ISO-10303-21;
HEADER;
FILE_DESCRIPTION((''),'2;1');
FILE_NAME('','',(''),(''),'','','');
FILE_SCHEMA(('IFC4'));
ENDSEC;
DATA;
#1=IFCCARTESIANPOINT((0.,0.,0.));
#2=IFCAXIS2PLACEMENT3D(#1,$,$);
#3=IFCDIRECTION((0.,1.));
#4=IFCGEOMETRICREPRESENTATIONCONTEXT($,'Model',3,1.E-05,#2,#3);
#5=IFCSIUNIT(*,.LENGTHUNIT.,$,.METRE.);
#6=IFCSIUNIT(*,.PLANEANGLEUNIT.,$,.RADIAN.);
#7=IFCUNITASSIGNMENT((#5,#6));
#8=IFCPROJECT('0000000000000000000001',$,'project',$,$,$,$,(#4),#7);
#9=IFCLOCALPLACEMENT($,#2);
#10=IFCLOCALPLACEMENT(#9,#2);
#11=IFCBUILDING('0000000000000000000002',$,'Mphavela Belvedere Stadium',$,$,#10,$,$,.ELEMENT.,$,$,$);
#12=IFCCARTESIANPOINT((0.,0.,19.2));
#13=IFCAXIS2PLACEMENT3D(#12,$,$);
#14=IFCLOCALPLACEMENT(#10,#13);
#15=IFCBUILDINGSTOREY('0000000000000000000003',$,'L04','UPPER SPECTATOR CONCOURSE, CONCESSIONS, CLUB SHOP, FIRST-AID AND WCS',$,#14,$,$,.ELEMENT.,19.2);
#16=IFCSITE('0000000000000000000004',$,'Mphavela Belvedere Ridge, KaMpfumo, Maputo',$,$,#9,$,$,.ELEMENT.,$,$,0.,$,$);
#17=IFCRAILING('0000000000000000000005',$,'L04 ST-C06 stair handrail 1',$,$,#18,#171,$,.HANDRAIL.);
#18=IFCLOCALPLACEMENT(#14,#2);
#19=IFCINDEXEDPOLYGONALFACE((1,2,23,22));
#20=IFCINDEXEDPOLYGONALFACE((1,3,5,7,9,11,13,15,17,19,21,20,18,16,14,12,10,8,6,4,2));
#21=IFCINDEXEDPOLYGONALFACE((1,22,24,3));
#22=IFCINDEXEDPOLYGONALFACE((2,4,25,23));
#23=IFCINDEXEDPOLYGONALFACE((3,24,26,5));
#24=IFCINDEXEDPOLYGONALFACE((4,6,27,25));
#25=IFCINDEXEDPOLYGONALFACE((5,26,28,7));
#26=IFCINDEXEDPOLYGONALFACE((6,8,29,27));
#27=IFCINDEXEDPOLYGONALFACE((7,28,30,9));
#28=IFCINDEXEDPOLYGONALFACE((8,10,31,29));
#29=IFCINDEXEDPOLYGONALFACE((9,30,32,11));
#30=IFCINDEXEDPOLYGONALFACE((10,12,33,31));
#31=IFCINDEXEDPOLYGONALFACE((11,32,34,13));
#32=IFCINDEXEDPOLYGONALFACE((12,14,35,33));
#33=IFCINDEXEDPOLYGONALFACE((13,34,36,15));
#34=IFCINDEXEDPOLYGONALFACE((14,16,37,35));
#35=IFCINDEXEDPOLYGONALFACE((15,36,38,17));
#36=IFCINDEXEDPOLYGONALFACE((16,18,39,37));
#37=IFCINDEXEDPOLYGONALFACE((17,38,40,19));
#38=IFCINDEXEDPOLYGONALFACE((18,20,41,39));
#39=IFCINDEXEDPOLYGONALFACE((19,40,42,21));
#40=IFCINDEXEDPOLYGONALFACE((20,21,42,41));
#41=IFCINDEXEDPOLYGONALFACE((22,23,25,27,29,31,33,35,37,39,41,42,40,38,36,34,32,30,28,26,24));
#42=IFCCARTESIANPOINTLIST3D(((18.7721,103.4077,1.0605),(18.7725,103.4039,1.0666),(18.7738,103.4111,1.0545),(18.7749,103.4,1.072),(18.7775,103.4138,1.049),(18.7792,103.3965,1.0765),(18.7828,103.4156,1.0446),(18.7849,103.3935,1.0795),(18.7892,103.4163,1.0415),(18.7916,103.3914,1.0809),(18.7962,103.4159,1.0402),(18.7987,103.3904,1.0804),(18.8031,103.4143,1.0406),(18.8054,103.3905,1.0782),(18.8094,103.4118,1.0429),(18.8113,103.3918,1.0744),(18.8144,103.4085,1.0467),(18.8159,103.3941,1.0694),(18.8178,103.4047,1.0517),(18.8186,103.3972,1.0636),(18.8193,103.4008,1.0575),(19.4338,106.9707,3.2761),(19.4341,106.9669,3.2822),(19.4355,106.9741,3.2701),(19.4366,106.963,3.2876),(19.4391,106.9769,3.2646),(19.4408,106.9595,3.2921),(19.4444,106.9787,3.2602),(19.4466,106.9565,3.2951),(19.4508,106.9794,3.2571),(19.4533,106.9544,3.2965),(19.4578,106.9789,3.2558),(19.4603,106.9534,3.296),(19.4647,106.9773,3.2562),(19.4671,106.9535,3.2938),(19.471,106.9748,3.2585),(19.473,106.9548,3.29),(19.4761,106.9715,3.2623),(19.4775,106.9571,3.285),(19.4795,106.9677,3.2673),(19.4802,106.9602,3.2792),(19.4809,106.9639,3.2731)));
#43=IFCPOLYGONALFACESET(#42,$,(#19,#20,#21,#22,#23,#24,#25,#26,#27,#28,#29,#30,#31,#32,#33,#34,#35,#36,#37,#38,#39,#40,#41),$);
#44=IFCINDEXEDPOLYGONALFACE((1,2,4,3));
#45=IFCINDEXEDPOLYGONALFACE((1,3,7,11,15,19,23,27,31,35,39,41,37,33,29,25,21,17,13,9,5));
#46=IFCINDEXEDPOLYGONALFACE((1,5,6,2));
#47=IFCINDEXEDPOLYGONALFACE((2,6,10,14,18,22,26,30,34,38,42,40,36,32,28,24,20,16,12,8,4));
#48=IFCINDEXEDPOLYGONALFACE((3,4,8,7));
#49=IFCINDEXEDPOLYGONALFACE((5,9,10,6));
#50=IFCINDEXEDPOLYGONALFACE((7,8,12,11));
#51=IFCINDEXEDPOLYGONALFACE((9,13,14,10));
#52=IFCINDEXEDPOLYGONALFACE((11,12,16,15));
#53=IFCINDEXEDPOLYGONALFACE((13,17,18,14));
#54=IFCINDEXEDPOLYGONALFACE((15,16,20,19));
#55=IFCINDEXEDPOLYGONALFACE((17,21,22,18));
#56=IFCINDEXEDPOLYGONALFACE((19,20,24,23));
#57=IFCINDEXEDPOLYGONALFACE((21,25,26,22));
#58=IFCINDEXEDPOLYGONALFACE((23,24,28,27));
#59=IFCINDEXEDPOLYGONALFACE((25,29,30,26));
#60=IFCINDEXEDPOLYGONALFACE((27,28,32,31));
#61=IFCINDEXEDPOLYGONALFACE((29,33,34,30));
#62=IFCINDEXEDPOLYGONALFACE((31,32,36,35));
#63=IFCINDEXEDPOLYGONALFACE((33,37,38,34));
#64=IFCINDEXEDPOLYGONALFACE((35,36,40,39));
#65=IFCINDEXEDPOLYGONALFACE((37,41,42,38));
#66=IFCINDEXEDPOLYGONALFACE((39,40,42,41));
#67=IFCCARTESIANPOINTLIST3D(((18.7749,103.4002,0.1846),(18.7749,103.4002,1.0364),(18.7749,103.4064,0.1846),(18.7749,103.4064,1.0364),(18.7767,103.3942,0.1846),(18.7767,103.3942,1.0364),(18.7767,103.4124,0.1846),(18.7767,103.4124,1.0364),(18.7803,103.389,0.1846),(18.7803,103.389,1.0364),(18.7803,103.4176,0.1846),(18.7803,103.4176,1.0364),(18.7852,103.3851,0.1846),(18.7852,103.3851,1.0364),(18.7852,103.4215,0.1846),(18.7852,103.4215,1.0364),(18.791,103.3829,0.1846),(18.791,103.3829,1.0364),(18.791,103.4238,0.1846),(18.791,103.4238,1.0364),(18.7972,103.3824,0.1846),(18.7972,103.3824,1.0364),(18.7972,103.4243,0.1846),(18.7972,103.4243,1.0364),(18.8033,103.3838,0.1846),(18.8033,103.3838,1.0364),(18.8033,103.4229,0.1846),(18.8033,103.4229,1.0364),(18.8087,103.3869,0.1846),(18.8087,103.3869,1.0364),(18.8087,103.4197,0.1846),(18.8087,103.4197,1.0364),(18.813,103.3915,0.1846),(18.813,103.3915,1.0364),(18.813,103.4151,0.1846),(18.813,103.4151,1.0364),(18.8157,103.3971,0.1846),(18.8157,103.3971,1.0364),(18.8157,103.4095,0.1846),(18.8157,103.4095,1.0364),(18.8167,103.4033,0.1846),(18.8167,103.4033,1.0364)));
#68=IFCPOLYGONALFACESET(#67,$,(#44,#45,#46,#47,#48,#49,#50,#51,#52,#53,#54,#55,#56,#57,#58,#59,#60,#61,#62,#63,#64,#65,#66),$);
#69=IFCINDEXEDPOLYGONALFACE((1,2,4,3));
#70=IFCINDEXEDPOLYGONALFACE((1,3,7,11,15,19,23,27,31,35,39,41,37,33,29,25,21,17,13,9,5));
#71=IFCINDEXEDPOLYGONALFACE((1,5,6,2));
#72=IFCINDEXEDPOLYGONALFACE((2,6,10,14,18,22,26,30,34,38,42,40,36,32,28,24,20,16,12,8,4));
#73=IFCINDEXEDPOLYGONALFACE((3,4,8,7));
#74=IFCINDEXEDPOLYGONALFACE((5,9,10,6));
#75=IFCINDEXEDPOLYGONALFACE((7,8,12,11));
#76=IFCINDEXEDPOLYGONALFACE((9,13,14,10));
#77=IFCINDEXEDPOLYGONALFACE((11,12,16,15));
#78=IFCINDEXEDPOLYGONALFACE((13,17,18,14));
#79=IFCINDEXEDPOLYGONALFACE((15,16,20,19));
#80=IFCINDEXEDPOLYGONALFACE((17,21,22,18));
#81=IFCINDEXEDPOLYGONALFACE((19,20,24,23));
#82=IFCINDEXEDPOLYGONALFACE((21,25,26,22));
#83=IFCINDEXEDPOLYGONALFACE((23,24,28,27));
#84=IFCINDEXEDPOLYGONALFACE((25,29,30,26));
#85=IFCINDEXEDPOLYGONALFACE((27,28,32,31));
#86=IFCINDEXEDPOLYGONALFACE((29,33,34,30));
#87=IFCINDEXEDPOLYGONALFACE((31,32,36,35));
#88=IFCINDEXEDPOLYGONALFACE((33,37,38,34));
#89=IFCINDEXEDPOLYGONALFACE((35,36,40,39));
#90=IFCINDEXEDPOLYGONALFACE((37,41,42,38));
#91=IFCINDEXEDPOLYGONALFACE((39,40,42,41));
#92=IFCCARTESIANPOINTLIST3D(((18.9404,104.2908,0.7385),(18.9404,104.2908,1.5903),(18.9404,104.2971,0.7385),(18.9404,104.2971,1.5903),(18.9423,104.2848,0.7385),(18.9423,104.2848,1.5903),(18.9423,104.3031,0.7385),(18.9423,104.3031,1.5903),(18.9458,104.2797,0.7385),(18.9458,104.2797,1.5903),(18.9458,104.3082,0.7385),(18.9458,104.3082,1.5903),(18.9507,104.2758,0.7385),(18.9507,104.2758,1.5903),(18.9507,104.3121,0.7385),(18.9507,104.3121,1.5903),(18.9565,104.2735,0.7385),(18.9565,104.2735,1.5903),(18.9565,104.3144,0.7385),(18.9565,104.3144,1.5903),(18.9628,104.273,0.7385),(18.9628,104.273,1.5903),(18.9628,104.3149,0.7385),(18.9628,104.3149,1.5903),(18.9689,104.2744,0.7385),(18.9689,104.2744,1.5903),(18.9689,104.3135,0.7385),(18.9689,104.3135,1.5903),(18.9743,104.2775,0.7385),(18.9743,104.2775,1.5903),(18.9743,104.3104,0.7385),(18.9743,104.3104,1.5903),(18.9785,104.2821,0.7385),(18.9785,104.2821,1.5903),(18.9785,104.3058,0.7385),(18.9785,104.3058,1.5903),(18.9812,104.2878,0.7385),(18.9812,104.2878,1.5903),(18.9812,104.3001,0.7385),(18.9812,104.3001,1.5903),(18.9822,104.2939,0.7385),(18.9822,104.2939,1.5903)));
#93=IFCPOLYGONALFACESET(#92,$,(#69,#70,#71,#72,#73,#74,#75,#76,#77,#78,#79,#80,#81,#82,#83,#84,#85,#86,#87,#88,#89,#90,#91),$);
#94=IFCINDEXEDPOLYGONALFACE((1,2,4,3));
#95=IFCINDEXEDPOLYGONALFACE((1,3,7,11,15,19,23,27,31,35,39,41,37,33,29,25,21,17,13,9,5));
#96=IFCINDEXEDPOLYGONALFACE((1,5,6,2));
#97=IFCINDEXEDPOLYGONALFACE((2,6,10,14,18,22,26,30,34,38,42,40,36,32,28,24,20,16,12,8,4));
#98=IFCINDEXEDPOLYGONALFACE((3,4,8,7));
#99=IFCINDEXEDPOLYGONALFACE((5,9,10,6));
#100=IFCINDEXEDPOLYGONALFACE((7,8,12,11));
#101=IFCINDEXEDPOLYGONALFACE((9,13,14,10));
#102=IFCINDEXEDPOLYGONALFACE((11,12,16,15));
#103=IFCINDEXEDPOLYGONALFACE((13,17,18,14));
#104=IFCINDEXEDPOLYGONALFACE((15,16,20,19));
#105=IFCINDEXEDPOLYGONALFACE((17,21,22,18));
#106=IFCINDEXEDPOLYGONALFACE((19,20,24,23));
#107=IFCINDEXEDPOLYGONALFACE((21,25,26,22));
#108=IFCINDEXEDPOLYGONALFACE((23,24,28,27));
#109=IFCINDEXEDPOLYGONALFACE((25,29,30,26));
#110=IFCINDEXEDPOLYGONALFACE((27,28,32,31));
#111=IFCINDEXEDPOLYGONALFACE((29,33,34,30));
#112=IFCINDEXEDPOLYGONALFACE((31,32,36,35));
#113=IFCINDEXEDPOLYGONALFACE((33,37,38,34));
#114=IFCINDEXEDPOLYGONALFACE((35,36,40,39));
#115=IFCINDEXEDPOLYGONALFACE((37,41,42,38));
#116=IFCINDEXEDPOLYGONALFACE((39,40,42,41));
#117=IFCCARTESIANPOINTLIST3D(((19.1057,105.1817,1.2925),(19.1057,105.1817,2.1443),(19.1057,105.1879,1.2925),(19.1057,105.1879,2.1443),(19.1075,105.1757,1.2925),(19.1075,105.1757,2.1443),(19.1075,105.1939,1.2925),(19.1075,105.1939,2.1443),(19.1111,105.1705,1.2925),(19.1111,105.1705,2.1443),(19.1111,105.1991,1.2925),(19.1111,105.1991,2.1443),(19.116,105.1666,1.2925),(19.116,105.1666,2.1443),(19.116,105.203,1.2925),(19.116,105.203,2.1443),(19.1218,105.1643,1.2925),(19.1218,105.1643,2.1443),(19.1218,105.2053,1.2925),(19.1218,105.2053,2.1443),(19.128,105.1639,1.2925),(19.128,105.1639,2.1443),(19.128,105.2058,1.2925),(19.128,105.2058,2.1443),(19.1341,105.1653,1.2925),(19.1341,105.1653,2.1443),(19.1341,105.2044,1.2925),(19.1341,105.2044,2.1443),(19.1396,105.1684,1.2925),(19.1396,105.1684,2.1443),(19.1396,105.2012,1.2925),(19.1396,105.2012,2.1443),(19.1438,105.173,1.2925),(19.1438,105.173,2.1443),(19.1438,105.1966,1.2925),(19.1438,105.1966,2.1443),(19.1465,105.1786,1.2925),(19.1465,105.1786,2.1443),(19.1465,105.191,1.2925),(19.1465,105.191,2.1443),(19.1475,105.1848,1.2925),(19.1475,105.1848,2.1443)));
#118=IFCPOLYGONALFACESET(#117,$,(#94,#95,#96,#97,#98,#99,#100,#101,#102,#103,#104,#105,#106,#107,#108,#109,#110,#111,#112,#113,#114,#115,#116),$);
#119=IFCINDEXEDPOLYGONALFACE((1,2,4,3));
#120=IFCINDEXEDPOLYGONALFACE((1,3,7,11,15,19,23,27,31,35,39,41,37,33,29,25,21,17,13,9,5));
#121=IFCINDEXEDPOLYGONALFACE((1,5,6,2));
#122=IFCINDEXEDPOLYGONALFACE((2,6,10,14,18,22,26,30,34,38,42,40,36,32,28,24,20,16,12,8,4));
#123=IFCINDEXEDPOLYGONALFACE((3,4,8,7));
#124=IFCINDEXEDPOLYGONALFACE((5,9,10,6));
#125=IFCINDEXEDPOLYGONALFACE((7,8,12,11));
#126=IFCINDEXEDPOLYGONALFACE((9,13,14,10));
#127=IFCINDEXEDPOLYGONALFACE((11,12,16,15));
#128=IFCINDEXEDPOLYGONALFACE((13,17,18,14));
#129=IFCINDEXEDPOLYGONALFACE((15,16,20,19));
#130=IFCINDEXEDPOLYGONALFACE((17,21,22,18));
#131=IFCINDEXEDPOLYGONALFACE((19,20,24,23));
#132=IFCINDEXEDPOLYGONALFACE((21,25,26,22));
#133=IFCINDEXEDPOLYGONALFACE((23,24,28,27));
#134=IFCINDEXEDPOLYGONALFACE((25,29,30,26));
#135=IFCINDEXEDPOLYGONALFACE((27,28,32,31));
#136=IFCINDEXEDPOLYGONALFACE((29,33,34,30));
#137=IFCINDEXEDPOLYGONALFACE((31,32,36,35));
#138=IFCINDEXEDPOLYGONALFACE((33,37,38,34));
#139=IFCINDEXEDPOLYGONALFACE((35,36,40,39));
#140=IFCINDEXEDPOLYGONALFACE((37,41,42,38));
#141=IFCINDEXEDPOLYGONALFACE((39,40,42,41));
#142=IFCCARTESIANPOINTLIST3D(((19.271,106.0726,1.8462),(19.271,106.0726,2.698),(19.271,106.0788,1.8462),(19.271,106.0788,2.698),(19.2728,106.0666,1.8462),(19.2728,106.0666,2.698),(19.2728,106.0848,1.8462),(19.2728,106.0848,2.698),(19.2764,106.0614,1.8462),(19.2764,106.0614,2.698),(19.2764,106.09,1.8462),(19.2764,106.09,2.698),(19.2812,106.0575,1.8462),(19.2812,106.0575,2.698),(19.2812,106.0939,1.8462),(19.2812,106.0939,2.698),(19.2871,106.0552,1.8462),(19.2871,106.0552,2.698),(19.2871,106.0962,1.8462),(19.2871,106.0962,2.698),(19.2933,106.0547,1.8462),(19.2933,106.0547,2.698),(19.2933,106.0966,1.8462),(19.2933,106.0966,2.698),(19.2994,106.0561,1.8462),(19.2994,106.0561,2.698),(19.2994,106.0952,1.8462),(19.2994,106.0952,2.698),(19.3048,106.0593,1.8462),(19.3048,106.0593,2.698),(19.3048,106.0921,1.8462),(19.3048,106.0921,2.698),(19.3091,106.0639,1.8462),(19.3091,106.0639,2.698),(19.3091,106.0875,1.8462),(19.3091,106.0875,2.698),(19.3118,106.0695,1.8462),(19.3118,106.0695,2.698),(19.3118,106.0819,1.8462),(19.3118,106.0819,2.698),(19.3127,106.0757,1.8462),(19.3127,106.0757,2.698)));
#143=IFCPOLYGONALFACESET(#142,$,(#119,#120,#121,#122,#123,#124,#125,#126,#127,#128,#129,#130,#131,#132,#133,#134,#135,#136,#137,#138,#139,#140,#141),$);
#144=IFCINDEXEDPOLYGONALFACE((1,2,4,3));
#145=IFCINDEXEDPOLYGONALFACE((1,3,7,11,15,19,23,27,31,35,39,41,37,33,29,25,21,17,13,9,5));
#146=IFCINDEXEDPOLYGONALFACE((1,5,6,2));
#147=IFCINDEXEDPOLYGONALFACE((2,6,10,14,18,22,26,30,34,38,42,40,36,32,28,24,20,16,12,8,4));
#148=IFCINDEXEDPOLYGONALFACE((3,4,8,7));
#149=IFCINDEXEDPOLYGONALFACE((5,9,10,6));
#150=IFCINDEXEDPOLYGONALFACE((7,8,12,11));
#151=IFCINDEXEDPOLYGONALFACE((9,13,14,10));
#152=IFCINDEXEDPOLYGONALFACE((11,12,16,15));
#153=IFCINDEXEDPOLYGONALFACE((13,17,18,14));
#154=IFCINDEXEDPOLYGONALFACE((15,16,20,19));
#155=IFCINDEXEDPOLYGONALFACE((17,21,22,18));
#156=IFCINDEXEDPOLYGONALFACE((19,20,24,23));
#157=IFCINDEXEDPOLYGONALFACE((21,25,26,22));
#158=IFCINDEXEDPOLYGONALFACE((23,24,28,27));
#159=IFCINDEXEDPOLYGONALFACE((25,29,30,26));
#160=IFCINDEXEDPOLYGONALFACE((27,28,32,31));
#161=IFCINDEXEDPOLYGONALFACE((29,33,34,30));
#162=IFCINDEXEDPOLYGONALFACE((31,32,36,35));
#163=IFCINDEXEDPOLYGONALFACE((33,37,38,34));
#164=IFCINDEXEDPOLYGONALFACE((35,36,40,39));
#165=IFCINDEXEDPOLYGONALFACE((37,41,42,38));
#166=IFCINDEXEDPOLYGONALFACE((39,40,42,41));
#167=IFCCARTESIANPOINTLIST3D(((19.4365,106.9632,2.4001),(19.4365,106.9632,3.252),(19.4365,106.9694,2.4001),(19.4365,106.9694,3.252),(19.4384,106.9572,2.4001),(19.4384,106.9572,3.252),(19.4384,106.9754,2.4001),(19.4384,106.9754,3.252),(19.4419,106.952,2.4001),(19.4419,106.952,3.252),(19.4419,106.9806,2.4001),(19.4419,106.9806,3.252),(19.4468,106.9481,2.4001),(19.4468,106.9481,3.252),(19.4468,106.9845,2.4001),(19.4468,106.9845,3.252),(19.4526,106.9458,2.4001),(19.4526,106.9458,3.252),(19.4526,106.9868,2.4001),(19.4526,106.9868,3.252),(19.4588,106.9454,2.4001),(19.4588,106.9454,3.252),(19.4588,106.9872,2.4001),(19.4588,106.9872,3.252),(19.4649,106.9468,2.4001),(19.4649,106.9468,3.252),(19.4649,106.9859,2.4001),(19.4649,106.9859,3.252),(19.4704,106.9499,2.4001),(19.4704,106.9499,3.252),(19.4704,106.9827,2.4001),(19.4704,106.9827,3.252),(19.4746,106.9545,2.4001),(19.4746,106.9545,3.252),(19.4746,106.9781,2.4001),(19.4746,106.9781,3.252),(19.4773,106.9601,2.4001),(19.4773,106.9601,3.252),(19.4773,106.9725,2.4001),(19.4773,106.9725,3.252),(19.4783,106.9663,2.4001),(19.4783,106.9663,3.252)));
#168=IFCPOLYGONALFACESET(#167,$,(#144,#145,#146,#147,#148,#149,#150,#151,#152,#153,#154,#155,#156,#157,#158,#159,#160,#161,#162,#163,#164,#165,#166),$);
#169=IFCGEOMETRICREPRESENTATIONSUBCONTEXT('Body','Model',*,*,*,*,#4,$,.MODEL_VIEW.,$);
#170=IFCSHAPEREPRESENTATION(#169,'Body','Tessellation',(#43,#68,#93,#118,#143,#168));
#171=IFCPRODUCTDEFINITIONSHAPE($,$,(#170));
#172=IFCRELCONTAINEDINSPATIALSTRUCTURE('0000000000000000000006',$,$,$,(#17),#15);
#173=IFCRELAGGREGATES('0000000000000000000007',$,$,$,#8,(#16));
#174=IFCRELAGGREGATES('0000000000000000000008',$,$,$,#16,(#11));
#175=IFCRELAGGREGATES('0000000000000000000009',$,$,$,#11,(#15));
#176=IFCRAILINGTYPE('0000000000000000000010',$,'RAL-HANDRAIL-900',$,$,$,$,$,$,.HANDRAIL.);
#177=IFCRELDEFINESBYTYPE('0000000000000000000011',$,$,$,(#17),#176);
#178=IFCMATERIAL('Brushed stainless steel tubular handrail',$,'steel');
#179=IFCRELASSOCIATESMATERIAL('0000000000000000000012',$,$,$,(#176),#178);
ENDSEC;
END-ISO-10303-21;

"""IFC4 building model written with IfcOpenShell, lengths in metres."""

from ifc_helpers import new_model, si_unit, direction, frame, origin, origin_2d, place, context, subcontext, project, spatial, circle, extrude, material, type_object, element, save


model = new_model("IFC4")

# Units and contexts
model_context = context("Model", 3, precision=1e-05, world=origin(), true_north=direction((0.0, 1.0)))
body_context = subcontext(model_context, "Body", "Model", "MODEL_VIEW")
ifc_project = project(units=[si_unit("LENGTHUNIT", "METRE"), si_unit("PLANEANGLEUNIT", "RADIAN")], contexts=[model_context])

# Site, building, storey
site_placement = place(None, origin())
site = spatial("IfcSite", under=ifc_project, at=site_placement, Name="Mphavela Belvedere Ridge, KaMpfumo, Maputo", CompositionType="ELEMENT", RefElevation=0.0)
building_placement = place(site_placement, origin())
building = spatial("IfcBuilding", under=site, at=building_placement, Name="Mphavela Belvedere Stadium", CompositionType="ELEMENT")
storey_placement = place(building_placement, frame((0.0, 0.0, 19.2)))
storey = spatial("IfcBuildingStorey", under=building, at=storey_placement, Name="L04", Description="UPPER SPECTATOR CONCOURSE, CONCESSIONS, CLUB SHOP, FIRST-AID AND WCS", CompositionType="ELEMENT", Elevation=19.2)

# Railing
ifc_material_1 = material(Name="Brushed stainless steel tubular handrail", Category="steel")
railing_type_1 = type_object("IfcRailingType", Name="RAL-HANDRAIL-900", PredefinedType="HANDRAIL", material=ifc_material_1)
railing_1_placement = place(storey_placement, frame((18.7957, 103.4033, 0.1846)))
element("IfcRailing", 1, at=railing_1_placement, inside=storey, type_object=railing_type_1, Name="L04 ST-C06 stair handrail 1", PredefinedType="HANDRAIL", context=body_context, shape_type="SweptSolid", body=[
    extrude(circle(Radius=0.0239, at=origin_2d()), frame((0.0, 0.0, 0.876), z_axis=(0.155767, 0.83884, 0.521617), x_axis=(-0.983193, 0.182572, 0.0)), (0.0, 0.0, 1.0), 4.2476),
    extrude(circle(Radius=0.021, at=origin_2d()), origin(), (0.0, 0.0, 1.0), 0.8518),
    extrude(circle(Radius=0.021, at=origin_2d()), frame((0.1655, 0.8906, 0.554)), (0.0, 0.0, 1.0), 0.8518),
    extrude(circle(Radius=0.021, at=origin_2d()), frame((0.3308, 1.7815, 1.1079)), (0.0, 0.0, 1.0), 0.8518),
    extrude(circle(Radius=0.021, at=origin_2d()), frame((0.4961, 2.6724, 1.6616)), (0.0, 0.0, 1.0), 0.8518),
    extrude(circle(Radius=0.021, at=origin_2d()), frame((0.6616, 3.563, 2.2156)), (0.0, 0.0, 1.0), 0.8518),
])

save(model, "model.ifc")
